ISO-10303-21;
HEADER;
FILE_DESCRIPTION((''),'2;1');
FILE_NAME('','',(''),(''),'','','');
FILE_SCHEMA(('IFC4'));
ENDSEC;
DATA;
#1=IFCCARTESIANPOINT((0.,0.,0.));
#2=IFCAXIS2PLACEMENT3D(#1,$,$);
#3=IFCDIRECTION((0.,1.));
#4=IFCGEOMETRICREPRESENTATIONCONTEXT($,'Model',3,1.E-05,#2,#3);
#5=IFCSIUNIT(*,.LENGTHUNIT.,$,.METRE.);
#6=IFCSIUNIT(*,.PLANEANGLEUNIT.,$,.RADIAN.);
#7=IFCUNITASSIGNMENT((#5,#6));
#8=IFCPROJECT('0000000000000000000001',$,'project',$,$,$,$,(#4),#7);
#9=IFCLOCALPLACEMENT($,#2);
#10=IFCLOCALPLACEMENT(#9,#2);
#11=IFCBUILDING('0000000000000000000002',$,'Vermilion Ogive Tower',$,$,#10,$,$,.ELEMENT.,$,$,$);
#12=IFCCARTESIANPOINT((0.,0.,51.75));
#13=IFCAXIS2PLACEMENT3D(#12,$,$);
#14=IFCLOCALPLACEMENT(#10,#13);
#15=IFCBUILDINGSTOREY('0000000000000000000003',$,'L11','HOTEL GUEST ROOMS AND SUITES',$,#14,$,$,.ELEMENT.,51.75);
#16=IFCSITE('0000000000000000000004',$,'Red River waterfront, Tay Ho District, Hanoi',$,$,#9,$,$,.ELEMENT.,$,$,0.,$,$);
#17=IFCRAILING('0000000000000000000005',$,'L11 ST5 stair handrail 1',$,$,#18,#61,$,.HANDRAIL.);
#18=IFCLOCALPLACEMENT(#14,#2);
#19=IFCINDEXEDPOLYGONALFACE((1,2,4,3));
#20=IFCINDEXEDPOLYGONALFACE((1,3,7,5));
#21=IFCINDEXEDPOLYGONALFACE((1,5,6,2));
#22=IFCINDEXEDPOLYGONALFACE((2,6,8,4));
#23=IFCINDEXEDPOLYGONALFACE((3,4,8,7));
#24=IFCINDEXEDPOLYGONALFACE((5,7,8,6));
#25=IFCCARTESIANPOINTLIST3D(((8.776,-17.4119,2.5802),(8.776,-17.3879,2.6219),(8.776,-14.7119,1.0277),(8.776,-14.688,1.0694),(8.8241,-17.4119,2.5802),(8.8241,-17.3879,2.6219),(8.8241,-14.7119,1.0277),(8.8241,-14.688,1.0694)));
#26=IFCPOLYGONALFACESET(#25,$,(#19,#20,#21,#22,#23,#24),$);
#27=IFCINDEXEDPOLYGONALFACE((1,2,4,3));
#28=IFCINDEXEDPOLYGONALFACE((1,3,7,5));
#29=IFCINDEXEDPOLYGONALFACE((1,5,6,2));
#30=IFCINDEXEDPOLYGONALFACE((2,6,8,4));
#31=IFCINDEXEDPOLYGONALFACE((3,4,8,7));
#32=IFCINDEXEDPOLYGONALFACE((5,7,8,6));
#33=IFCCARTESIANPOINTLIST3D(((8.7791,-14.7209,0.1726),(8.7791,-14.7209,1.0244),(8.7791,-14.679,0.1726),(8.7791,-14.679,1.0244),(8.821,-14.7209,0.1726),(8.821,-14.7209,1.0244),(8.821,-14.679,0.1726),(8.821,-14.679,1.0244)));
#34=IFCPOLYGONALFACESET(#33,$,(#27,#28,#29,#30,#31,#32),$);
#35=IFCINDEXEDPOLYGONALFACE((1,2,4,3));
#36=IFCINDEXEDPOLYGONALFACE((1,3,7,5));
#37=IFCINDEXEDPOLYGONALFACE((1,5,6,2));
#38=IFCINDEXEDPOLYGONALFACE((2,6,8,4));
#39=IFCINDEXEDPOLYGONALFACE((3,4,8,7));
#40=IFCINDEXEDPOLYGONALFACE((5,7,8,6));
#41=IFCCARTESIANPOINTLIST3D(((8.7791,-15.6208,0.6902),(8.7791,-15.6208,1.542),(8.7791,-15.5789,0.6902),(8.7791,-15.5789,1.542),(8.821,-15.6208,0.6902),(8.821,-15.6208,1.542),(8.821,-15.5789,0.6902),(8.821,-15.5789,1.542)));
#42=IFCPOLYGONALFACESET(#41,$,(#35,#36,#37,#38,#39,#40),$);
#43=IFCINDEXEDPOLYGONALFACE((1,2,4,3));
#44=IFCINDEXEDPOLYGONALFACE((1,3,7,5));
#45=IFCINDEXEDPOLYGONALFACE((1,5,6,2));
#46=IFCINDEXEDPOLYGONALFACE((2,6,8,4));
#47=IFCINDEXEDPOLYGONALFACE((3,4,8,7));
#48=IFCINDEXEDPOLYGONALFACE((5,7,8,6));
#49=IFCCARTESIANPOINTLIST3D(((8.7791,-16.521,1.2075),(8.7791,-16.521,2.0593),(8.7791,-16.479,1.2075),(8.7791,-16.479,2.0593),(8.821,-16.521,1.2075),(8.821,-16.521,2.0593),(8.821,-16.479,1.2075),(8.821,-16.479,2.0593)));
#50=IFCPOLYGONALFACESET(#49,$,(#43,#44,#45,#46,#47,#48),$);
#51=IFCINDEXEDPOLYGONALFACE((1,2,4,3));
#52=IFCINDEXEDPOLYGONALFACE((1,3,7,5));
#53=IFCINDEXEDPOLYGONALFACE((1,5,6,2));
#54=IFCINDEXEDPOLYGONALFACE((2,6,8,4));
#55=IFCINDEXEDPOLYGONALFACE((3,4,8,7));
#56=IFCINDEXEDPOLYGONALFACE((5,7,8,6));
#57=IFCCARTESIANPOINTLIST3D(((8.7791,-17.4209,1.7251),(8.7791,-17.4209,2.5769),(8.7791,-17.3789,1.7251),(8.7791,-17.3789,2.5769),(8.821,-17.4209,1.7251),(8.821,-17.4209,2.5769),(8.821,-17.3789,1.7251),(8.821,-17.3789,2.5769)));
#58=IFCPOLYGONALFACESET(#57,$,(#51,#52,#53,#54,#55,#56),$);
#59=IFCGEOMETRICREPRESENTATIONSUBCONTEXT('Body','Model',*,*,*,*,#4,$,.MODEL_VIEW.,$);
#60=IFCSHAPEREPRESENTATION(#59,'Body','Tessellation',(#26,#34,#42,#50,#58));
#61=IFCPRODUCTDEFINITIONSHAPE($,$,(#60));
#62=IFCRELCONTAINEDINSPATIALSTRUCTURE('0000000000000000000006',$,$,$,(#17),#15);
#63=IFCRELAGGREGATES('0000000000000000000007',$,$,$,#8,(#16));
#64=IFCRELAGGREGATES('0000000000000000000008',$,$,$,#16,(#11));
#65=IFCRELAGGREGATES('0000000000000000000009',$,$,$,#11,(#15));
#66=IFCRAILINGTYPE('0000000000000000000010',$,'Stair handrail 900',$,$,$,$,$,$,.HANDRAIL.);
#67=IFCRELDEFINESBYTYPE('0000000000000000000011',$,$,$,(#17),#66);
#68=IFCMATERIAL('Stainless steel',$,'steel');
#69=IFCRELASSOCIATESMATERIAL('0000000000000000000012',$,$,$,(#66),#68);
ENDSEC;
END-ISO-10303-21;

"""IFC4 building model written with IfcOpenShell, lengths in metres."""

from ifc_helpers import new_model, si_unit, direction, frame, origin, origin_2d, place, context, subcontext, project, spatial, rectangle, extrude, material, type_object, element, save


model = new_model("IFC4")

# Units and contexts
model_context = context("Model", 3, precision=1e-05, world=origin(), true_north=direction((0.0, 1.0)))
body_context = subcontext(model_context, "Body", "Model", "MODEL_VIEW")
ifc_project = project(units=[si_unit("LENGTHUNIT", "METRE"), si_unit("PLANEANGLEUNIT", "RADIAN")], contexts=[model_context])

# Site, building, storey
site_placement = place(None, origin())
site = spatial("IfcSite", under=ifc_project, at=site_placement, Name="Red River waterfront, Tay Ho District, Hanoi", CompositionType="ELEMENT", RefElevation=0.0)
building_placement = place(site_placement, origin())
building = spatial("IfcBuilding", under=site, at=building_placement, Name="Vermilion Ogive Tower", CompositionType="ELEMENT")
storey_placement = place(building_placement, frame((0.0, 0.0, 51.75)))
storey = spatial("IfcBuildingStorey", under=building, at=storey_placement, Name="L11", Description="HOTEL GUEST ROOMS AND SUITES", CompositionType="ELEMENT", Elevation=51.75)

# Railing
ifc_material_1 = material(Name="Stainless steel", Category="steel")
railing_type_1 = type_object("IfcRailingType", Name="Stair handrail 900", PredefinedType="HANDRAIL", material=ifc_material_1)
railing_1_placement = place(storey_placement, frame((8.8, -14.7, 0.1726)))
element("IfcRailing", 1, at=railing_1_placement, inside=storey, type_object=railing_type_1, Name="L11 ST5 stair handrail 1", PredefinedType="HANDRAIL", context=body_context, shape_type="SweptSolid", body=[
    extrude(rectangle(XDim=0.0481, YDim=0.0481, at=origin_2d()), frame((0.0, 0.0, 0.876), z_axis=(0.0, -0.866904, 0.498476), x_axis=(1.0, 0.0, 0.0)), (0.0, 0.0, 1.0), 3.1145),
    extrude(rectangle(XDim=0.042, YDim=0.042, at=origin_2d()), origin(), (0.0, 0.0, 1.0), 0.8518),
    extrude(rectangle(XDim=0.042, YDim=0.042, at=origin_2d()), frame((0.0, -0.8999, 0.5176)), (0.0, 0.0, 1.0), 0.8518),
    extrude(rectangle(XDim=0.042, YDim=0.042, at=origin_2d()), frame((0.0, -1.8, 1.0349)), (0.0, 0.0, 1.0), 0.8518),
    extrude(rectangle(XDim=0.042, YDim=0.042, at=origin_2d()), frame((0.0, -2.7, 1.5525)), (0.0, 0.0, 1.0), 0.8518),
])

save(model, "model.ifc")
